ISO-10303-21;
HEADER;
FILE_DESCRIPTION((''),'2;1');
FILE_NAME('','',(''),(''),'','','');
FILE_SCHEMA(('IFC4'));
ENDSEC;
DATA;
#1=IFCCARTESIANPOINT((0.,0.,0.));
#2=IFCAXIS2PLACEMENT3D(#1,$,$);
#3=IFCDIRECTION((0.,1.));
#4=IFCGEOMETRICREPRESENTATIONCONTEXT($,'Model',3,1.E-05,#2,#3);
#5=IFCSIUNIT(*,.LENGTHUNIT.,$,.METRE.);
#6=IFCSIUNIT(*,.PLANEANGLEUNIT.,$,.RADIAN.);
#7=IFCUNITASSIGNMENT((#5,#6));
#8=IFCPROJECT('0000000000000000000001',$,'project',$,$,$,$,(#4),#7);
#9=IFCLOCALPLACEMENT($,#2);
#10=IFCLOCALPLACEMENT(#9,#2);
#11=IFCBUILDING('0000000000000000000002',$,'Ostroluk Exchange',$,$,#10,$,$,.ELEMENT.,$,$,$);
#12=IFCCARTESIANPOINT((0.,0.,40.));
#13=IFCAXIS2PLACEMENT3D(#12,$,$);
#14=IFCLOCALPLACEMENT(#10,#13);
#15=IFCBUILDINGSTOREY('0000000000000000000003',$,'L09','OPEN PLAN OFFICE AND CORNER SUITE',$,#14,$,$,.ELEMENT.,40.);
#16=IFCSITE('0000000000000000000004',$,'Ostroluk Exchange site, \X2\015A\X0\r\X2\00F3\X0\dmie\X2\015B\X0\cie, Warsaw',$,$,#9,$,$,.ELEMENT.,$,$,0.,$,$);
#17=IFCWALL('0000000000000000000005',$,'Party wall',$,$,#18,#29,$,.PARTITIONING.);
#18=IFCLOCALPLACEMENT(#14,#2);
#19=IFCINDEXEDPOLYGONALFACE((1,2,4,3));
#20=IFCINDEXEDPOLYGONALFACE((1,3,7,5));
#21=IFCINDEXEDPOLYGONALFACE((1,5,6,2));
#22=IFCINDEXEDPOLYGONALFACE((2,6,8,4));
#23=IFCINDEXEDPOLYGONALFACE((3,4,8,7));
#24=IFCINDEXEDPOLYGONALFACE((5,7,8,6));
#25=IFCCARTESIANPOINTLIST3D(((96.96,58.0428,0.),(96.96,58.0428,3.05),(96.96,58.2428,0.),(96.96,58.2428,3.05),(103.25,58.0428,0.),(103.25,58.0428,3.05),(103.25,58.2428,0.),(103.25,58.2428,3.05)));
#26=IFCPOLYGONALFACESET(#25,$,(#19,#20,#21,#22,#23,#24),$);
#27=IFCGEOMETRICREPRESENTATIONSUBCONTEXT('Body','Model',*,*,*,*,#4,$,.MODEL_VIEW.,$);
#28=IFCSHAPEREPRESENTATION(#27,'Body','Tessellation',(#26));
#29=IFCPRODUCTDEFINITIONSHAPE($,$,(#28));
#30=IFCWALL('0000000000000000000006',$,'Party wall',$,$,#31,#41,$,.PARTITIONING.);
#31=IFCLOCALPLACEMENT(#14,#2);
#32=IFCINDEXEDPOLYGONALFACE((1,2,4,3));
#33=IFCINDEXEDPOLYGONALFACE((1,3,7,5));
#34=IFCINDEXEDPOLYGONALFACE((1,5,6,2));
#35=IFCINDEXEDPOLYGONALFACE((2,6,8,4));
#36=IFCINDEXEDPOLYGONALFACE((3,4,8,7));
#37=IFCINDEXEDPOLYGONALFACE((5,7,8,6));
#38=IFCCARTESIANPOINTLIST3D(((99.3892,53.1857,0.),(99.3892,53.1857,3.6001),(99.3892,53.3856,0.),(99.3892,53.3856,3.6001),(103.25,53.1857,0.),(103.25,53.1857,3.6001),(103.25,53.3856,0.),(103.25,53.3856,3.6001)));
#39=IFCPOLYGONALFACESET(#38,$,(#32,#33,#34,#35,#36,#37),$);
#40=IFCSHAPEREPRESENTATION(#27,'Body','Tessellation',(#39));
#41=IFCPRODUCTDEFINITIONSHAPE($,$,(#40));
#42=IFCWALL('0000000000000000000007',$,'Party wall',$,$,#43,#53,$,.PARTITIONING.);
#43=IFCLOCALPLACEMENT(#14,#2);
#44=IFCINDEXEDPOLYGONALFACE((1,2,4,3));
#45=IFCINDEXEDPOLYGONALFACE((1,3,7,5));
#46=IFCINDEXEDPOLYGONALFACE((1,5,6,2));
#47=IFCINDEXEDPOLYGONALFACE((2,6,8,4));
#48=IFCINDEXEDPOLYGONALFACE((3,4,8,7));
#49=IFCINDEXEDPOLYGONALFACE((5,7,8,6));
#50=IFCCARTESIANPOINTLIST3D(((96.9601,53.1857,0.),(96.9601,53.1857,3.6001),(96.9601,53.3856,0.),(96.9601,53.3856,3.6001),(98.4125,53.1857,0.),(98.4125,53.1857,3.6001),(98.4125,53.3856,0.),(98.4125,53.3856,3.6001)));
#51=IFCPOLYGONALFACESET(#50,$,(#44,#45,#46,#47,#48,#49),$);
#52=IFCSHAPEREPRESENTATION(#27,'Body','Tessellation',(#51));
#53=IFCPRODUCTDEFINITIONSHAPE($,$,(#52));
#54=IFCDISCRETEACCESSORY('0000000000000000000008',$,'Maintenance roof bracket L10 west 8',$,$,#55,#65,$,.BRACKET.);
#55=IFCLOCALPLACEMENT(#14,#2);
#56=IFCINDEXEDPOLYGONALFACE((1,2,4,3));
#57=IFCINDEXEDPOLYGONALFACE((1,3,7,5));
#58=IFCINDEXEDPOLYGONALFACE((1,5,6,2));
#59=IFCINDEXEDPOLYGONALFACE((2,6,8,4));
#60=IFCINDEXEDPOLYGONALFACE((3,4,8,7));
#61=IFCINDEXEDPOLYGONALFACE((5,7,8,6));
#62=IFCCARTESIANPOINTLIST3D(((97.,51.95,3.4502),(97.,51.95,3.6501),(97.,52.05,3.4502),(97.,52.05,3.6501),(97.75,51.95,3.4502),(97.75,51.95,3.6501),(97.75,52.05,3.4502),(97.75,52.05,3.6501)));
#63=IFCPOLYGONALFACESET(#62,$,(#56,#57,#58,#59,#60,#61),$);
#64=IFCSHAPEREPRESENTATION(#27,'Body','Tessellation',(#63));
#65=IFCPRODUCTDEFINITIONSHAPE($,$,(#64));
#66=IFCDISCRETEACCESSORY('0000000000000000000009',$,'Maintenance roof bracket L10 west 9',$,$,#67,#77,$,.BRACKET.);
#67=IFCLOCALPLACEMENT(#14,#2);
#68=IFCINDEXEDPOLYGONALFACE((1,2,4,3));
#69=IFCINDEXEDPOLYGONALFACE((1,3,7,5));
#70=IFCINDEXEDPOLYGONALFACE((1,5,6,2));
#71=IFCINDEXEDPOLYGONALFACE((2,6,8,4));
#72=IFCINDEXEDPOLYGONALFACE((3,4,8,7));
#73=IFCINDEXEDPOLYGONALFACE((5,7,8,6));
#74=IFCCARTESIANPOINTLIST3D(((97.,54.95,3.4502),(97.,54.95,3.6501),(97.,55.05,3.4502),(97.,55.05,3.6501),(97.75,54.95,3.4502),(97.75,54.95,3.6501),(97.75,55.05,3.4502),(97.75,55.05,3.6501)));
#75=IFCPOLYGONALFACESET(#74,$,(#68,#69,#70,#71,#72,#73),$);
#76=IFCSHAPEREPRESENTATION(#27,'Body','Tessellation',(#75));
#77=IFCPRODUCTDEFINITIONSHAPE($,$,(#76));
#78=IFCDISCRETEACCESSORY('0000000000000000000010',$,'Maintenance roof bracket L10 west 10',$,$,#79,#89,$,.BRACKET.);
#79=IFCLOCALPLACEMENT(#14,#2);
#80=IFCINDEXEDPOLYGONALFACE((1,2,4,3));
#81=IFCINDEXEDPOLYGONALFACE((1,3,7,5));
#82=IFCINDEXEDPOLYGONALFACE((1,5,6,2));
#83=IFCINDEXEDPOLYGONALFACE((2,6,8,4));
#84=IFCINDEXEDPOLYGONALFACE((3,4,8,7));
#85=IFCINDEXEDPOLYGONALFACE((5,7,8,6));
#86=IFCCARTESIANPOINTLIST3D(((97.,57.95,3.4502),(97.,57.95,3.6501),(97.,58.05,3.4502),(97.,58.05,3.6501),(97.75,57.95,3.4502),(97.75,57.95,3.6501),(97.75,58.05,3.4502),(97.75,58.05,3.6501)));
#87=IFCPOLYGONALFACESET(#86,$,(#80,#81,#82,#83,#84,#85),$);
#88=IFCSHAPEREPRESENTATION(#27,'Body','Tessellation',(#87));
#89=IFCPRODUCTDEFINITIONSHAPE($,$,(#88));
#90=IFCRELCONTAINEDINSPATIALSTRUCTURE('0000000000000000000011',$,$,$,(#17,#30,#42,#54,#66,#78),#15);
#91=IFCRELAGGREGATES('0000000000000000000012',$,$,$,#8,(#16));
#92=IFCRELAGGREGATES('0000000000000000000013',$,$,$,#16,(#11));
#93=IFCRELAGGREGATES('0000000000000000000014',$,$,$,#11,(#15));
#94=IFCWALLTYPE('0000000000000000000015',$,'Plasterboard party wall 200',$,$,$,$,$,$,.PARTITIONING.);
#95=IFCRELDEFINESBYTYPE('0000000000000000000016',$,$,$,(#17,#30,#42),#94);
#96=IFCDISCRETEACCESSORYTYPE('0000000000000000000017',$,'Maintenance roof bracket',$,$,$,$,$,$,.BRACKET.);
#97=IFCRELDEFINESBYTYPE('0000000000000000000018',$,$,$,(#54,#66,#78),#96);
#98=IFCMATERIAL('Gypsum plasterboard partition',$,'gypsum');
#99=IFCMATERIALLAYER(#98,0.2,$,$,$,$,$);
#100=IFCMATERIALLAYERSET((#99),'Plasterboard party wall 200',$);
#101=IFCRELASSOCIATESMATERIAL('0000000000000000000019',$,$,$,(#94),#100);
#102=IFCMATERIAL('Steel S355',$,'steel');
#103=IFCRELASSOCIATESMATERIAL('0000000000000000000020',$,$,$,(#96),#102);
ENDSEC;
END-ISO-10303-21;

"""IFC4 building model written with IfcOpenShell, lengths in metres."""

from ifc_helpers import new_model, si_unit, direction, frame, frame_2d, origin, origin_2d, place, context, subcontext, project, spatial, rectangle, extrude, material, layer, layer_set, type_object, element, save


model = new_model("IFC4")

# Units and contexts
model_context = context("Model", 3, precision=1e-05, world=origin(), true_north=direction((0.0, 1.0)))
body_context = subcontext(model_context, "Body", "Model", "MODEL_VIEW")
ifc_project = project(units=[si_unit("LENGTHUNIT", "METRE"), si_unit("PLANEANGLEUNIT", "RADIAN")], contexts=[model_context])

# Site, building, storey
site_placement = place(None, origin())
site = spatial("IfcSite", under=ifc_project, at=site_placement, Name="Ostroluk Exchange site, Śródmieście, Warsaw", CompositionType="ELEMENT", RefElevation=0.0)
building_placement = place(site_placement, origin())
building = spatial("IfcBuilding", under=site, at=building_placement, Name="Ostroluk Exchange", CompositionType="ELEMENT")
storey_placement = place(building_placement, frame((0.0, 0.0, 40.0)))
storey = spatial("IfcBuildingStorey", under=building, at=storey_placement, Name="L09", Description="OPEN PLAN OFFICE AND CORNER SUITE", CompositionType="ELEMENT", Elevation=40.0)

# Walls
ifc_material_1 = material(Name="Gypsum plasterboard partition", Category="gypsum")
ifc_layer_1 = layer(ifc_material_1, 0.2)
ifc_layer_set_1 = layer_set([ifc_layer_1], Name="Plasterboard party wall 200")
wall_type_1 = type_object("IfcWallType", Name="Plasterboard party wall 200", PredefinedType="PARTITIONING", material=ifc_layer_set_1)
for number, where, z_axis, x_axis, name in (
    (1, (103.25, 58.1428, 0.0), (0.0, 0.0, 1.0), (-1.0, 0.0, 0.0), "Party wall"),
):
    element("IfcWall", number, at=place(storey_placement, frame(where, z_axis=z_axis, x_axis=x_axis)), inside=storey, type_object=wall_type_1, Name=name, PredefinedType="PARTITIONING", context=body_context, shape_type="SweptSolid", body=[
        extrude(rectangle(XDim=6.29, YDim=0.2, at=frame_2d((3.145, 0.0))), origin(), (0.0, 0.0, 1.0), 3.05),
    ])
wall_1_placement = place(storey_placement, frame((103.25, 53.2856, 0.0), z_axis=(0.0, 0.0, 1.0), x_axis=(-1.0, 0.0, 0.0)))
element("IfcWall", 2, at=wall_1_placement, inside=storey, type_object=wall_type_1, Name="Party wall", PredefinedType="PARTITIONING", context=body_context, shape_type="SweptSolid", body=[
    extrude(rectangle(XDim=3.8608, YDim=0.2, at=frame_2d((1.9304, 0.0))), origin(), (0.0, 0.0, 1.0), 3.6001),
])
wall_2_placement = place(storey_placement, frame((98.4124, 53.2856, 0.0), z_axis=(0.0, 0.0, 1.0), x_axis=(-1.0, 0.0, 0.0)))
element("IfcWall", 3, at=wall_2_placement, inside=storey, type_object=wall_type_1, Name="Party wall", PredefinedType="PARTITIONING", context=body_context, shape_type="SweptSolid", body=[
    extrude(rectangle(XDim=1.4524, YDim=0.2, at=frame_2d((0.7261, 0.0))), origin(), (0.0, 0.0, 1.0), 3.6001),
])

# Discrete accessories
ifc_material_2 = material(Name="Steel S355", Category="steel")
discrete_accessory_type = type_object("IfcDiscreteAccessoryType", Name="Maintenance roof bracket", PredefinedType="BRACKET", material=ifc_material_2)
for number, where, z_axis, x_axis, name in (
    (4, (97.375, 52.0, 3.4502), (0.0, 0.0, 1.0), (1.0, 0.0, 0.0), "Maintenance roof bracket L10 west 8"),
    (5, (97.375, 55.0, 3.4502), (0.0, 0.0, 1.0), (1.0, 0.0, 0.0), "Maintenance roof bracket L10 west 9"),
    (6, (97.375, 58.0, 3.4502), (0.0, 0.0, 1.0), (1.0, 0.0, 0.0), "Maintenance roof bracket L10 west 10"),
):
    element("IfcDiscreteAccessory", number, at=place(storey_placement, frame(where, z_axis=z_axis, x_axis=x_axis)), inside=storey, type_object=discrete_accessory_type, Name=name, PredefinedType="BRACKET", context=body_context, shape_type="SweptSolid", body=[
        extrude(rectangle(XDim=0.75, YDim=0.1001, at=origin_2d()), origin(), (0.0, 0.0, 1.0), 0.2),
    ])

save(model, "model.ifc")
